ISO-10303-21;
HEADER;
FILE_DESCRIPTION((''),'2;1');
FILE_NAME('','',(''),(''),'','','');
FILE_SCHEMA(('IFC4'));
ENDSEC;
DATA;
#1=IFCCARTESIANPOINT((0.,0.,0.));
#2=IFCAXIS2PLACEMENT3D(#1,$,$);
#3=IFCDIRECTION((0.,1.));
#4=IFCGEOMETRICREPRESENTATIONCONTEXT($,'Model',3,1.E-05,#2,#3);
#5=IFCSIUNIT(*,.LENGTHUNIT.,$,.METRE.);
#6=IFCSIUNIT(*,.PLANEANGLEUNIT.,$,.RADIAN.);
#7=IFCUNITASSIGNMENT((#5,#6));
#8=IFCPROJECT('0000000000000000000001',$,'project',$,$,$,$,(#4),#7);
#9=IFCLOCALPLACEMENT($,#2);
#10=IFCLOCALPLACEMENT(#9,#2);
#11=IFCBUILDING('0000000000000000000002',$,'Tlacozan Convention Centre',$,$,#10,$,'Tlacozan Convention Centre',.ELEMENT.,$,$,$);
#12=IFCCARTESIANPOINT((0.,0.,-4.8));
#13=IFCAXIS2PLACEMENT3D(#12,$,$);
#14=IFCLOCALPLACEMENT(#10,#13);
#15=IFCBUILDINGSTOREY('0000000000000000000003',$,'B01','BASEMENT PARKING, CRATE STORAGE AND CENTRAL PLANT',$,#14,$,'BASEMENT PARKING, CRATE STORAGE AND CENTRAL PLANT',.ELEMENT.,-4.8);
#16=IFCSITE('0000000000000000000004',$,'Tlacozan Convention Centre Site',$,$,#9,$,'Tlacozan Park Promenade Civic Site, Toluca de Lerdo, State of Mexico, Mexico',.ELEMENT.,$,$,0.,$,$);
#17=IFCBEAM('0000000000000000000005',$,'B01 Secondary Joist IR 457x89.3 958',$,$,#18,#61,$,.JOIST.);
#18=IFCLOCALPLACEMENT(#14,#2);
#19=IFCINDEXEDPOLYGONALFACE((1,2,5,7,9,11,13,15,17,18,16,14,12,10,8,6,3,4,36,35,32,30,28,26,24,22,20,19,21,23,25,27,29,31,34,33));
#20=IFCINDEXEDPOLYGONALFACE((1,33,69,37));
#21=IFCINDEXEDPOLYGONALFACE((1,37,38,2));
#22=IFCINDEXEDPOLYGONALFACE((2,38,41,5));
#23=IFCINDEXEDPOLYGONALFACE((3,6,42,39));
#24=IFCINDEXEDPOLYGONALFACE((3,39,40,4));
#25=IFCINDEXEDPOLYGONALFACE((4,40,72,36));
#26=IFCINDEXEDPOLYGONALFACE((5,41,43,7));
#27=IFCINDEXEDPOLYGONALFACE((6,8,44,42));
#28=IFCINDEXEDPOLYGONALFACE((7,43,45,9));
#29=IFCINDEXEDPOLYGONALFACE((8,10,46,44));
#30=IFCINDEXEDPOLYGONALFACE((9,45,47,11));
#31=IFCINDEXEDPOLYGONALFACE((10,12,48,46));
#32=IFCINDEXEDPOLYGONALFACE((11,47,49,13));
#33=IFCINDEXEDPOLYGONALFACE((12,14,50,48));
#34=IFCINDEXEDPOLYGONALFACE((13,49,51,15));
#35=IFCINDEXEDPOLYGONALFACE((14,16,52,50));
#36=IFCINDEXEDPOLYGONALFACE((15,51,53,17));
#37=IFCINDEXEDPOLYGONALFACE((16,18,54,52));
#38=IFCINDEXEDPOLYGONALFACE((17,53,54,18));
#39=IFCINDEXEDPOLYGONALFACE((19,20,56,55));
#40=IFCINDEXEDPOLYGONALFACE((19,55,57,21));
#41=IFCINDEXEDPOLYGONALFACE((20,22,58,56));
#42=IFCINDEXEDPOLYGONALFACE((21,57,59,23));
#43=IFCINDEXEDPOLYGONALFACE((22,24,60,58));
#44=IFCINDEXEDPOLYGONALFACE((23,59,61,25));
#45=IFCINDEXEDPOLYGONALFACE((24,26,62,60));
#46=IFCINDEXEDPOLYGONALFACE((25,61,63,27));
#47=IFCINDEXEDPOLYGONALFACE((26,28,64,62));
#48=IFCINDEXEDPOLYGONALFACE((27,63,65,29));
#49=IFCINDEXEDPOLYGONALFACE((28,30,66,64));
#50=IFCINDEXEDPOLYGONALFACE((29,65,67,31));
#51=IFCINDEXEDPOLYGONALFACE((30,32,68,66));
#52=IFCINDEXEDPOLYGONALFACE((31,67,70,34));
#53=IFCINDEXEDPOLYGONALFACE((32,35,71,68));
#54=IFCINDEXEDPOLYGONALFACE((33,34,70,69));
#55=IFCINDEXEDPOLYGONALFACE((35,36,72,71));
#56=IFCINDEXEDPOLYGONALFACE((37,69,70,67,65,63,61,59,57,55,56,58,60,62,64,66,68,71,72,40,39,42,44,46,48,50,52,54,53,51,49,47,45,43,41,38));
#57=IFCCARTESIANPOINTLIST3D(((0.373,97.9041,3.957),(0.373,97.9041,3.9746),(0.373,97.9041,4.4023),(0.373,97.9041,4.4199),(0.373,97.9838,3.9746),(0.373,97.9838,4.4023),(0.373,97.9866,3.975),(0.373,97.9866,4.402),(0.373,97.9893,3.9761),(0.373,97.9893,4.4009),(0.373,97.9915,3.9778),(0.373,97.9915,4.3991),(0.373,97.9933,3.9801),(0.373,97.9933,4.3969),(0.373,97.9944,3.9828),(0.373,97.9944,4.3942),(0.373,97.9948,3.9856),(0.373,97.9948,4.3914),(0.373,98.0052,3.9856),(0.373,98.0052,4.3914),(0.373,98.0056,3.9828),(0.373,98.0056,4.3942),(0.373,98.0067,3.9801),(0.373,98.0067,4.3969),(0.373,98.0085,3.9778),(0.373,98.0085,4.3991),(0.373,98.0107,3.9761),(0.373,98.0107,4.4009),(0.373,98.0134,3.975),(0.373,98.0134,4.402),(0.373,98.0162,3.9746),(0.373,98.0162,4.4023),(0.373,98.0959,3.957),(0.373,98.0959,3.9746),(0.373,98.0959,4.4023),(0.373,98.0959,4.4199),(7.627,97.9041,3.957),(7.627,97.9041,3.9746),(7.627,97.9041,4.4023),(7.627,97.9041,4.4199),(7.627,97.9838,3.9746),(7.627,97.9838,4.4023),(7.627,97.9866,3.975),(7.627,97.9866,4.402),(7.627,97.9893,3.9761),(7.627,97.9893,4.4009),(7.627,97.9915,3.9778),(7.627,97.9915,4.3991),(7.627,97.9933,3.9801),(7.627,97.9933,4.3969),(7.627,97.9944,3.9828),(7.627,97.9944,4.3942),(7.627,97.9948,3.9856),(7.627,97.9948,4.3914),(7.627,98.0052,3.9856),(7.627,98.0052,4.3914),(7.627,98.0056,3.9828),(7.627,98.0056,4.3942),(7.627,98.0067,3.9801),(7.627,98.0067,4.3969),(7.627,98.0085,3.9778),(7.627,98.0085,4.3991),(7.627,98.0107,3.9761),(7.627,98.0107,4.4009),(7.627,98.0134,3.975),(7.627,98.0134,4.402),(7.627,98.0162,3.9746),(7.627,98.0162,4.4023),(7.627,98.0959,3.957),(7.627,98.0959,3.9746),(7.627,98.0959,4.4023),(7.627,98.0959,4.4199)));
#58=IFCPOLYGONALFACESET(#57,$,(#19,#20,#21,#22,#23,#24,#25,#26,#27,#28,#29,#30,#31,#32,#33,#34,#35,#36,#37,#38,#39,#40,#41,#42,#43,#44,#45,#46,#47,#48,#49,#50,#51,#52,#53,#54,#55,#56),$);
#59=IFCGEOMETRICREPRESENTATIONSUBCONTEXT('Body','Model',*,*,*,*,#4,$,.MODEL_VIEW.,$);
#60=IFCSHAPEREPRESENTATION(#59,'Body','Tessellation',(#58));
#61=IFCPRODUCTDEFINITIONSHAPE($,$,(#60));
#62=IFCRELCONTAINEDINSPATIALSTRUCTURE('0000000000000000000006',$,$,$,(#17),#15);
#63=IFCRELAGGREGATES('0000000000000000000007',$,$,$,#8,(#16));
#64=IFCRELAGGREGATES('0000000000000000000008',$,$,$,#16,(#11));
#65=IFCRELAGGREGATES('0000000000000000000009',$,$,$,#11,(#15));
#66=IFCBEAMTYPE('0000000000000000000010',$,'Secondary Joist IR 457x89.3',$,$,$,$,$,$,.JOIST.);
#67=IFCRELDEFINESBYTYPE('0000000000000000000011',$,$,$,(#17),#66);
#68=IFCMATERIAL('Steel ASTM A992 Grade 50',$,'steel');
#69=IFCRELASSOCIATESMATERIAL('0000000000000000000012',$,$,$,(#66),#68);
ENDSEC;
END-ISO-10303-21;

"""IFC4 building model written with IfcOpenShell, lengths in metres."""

from ifc_helpers import new_model, si_unit, direction, frame, origin, origin_2d, place, context, subcontext, project, spatial, i_section, extrude, material, material_profile, profile_set, type_object, element, save


model = new_model("IFC4")

# Units and contexts
model_context = context("Model", 3, precision=1e-05, world=origin(), true_north=direction((0.0, 1.0)))
body_context = subcontext(model_context, "Body", "Model", "MODEL_VIEW")
ifc_project = project(units=[si_unit("LENGTHUNIT", "METRE"), si_unit("PLANEANGLEUNIT", "RADIAN")], contexts=[model_context])

# Site, building, storey
site_placement = place(None, origin())
site = spatial("IfcSite", under=ifc_project, at=site_placement, Name="Tlacozan Convention Centre Site", LongName="Tlacozan Park Promenade Civic Site, Toluca de Lerdo, State of Mexico, Mexico", CompositionType="ELEMENT", RefElevation=0.0)
building_placement = place(site_placement, origin())
building = spatial("IfcBuilding", under=site, at=building_placement, Name="Tlacozan Convention Centre", LongName="Tlacozan Convention Centre", CompositionType="ELEMENT")
storey_placement = place(building_placement, frame((0.0, 0.0, -4.8)))
storey = spatial("IfcBuildingStorey", under=building, at=storey_placement, Name="B01", Description="BASEMENT PARKING, CRATE STORAGE AND CENTRAL PLANT", LongName="BASEMENT PARKING, CRATE STORAGE AND CENTRAL PLANT", CompositionType="ELEMENT", Elevation=-4.8)

# Beam
ifc_material_1 = material(Name="Steel ASTM A992 Grade 50", Category="steel")
ifc_material_profile_1 = material_profile(ifc_material_1, i_section(OverallWidth=0.1919, OverallDepth=0.4629, WebThickness=0.0105, FlangeThickness=0.0176, FilletRadius=0.011, at=origin_2d()), Name="IR 457x89.3")
ifc_profile_set_1 = profile_set([ifc_material_profile_1], Name="Steel ASTM A992 Grade 50")
beam_type_1 = type_object("IfcBeamType", Name="Secondary Joist IR 457x89.3", PredefinedType="JOIST", material=ifc_profile_set_1)
for number, where, z_axis, x_axis, name in (
    (1, (0.373, 98.0, 4.1885), (1.0, 0.0, 0.0), (0.0, 1.0, 0.0), "B01 Secondary Joist IR 457x89.3 958"),
):
    element("IfcBeam", number, at=place(storey_placement, frame(where, z_axis=z_axis, x_axis=x_axis)), inside=storey, type_object=beam_type_1, Name=name, PredefinedType="JOIST", context=body_context, shape_type="SweptSolid", body=[
        extrude(i_section(OverallWidth=0.1919, OverallDepth=0.4629, WebThickness=0.0105, FlangeThickness=0.0176, FilletRadius=0.011, at=origin_2d()), origin(), (0.0, 0.0, 1.0), 7.2539),
    ])

save(model, "model.ifc")
